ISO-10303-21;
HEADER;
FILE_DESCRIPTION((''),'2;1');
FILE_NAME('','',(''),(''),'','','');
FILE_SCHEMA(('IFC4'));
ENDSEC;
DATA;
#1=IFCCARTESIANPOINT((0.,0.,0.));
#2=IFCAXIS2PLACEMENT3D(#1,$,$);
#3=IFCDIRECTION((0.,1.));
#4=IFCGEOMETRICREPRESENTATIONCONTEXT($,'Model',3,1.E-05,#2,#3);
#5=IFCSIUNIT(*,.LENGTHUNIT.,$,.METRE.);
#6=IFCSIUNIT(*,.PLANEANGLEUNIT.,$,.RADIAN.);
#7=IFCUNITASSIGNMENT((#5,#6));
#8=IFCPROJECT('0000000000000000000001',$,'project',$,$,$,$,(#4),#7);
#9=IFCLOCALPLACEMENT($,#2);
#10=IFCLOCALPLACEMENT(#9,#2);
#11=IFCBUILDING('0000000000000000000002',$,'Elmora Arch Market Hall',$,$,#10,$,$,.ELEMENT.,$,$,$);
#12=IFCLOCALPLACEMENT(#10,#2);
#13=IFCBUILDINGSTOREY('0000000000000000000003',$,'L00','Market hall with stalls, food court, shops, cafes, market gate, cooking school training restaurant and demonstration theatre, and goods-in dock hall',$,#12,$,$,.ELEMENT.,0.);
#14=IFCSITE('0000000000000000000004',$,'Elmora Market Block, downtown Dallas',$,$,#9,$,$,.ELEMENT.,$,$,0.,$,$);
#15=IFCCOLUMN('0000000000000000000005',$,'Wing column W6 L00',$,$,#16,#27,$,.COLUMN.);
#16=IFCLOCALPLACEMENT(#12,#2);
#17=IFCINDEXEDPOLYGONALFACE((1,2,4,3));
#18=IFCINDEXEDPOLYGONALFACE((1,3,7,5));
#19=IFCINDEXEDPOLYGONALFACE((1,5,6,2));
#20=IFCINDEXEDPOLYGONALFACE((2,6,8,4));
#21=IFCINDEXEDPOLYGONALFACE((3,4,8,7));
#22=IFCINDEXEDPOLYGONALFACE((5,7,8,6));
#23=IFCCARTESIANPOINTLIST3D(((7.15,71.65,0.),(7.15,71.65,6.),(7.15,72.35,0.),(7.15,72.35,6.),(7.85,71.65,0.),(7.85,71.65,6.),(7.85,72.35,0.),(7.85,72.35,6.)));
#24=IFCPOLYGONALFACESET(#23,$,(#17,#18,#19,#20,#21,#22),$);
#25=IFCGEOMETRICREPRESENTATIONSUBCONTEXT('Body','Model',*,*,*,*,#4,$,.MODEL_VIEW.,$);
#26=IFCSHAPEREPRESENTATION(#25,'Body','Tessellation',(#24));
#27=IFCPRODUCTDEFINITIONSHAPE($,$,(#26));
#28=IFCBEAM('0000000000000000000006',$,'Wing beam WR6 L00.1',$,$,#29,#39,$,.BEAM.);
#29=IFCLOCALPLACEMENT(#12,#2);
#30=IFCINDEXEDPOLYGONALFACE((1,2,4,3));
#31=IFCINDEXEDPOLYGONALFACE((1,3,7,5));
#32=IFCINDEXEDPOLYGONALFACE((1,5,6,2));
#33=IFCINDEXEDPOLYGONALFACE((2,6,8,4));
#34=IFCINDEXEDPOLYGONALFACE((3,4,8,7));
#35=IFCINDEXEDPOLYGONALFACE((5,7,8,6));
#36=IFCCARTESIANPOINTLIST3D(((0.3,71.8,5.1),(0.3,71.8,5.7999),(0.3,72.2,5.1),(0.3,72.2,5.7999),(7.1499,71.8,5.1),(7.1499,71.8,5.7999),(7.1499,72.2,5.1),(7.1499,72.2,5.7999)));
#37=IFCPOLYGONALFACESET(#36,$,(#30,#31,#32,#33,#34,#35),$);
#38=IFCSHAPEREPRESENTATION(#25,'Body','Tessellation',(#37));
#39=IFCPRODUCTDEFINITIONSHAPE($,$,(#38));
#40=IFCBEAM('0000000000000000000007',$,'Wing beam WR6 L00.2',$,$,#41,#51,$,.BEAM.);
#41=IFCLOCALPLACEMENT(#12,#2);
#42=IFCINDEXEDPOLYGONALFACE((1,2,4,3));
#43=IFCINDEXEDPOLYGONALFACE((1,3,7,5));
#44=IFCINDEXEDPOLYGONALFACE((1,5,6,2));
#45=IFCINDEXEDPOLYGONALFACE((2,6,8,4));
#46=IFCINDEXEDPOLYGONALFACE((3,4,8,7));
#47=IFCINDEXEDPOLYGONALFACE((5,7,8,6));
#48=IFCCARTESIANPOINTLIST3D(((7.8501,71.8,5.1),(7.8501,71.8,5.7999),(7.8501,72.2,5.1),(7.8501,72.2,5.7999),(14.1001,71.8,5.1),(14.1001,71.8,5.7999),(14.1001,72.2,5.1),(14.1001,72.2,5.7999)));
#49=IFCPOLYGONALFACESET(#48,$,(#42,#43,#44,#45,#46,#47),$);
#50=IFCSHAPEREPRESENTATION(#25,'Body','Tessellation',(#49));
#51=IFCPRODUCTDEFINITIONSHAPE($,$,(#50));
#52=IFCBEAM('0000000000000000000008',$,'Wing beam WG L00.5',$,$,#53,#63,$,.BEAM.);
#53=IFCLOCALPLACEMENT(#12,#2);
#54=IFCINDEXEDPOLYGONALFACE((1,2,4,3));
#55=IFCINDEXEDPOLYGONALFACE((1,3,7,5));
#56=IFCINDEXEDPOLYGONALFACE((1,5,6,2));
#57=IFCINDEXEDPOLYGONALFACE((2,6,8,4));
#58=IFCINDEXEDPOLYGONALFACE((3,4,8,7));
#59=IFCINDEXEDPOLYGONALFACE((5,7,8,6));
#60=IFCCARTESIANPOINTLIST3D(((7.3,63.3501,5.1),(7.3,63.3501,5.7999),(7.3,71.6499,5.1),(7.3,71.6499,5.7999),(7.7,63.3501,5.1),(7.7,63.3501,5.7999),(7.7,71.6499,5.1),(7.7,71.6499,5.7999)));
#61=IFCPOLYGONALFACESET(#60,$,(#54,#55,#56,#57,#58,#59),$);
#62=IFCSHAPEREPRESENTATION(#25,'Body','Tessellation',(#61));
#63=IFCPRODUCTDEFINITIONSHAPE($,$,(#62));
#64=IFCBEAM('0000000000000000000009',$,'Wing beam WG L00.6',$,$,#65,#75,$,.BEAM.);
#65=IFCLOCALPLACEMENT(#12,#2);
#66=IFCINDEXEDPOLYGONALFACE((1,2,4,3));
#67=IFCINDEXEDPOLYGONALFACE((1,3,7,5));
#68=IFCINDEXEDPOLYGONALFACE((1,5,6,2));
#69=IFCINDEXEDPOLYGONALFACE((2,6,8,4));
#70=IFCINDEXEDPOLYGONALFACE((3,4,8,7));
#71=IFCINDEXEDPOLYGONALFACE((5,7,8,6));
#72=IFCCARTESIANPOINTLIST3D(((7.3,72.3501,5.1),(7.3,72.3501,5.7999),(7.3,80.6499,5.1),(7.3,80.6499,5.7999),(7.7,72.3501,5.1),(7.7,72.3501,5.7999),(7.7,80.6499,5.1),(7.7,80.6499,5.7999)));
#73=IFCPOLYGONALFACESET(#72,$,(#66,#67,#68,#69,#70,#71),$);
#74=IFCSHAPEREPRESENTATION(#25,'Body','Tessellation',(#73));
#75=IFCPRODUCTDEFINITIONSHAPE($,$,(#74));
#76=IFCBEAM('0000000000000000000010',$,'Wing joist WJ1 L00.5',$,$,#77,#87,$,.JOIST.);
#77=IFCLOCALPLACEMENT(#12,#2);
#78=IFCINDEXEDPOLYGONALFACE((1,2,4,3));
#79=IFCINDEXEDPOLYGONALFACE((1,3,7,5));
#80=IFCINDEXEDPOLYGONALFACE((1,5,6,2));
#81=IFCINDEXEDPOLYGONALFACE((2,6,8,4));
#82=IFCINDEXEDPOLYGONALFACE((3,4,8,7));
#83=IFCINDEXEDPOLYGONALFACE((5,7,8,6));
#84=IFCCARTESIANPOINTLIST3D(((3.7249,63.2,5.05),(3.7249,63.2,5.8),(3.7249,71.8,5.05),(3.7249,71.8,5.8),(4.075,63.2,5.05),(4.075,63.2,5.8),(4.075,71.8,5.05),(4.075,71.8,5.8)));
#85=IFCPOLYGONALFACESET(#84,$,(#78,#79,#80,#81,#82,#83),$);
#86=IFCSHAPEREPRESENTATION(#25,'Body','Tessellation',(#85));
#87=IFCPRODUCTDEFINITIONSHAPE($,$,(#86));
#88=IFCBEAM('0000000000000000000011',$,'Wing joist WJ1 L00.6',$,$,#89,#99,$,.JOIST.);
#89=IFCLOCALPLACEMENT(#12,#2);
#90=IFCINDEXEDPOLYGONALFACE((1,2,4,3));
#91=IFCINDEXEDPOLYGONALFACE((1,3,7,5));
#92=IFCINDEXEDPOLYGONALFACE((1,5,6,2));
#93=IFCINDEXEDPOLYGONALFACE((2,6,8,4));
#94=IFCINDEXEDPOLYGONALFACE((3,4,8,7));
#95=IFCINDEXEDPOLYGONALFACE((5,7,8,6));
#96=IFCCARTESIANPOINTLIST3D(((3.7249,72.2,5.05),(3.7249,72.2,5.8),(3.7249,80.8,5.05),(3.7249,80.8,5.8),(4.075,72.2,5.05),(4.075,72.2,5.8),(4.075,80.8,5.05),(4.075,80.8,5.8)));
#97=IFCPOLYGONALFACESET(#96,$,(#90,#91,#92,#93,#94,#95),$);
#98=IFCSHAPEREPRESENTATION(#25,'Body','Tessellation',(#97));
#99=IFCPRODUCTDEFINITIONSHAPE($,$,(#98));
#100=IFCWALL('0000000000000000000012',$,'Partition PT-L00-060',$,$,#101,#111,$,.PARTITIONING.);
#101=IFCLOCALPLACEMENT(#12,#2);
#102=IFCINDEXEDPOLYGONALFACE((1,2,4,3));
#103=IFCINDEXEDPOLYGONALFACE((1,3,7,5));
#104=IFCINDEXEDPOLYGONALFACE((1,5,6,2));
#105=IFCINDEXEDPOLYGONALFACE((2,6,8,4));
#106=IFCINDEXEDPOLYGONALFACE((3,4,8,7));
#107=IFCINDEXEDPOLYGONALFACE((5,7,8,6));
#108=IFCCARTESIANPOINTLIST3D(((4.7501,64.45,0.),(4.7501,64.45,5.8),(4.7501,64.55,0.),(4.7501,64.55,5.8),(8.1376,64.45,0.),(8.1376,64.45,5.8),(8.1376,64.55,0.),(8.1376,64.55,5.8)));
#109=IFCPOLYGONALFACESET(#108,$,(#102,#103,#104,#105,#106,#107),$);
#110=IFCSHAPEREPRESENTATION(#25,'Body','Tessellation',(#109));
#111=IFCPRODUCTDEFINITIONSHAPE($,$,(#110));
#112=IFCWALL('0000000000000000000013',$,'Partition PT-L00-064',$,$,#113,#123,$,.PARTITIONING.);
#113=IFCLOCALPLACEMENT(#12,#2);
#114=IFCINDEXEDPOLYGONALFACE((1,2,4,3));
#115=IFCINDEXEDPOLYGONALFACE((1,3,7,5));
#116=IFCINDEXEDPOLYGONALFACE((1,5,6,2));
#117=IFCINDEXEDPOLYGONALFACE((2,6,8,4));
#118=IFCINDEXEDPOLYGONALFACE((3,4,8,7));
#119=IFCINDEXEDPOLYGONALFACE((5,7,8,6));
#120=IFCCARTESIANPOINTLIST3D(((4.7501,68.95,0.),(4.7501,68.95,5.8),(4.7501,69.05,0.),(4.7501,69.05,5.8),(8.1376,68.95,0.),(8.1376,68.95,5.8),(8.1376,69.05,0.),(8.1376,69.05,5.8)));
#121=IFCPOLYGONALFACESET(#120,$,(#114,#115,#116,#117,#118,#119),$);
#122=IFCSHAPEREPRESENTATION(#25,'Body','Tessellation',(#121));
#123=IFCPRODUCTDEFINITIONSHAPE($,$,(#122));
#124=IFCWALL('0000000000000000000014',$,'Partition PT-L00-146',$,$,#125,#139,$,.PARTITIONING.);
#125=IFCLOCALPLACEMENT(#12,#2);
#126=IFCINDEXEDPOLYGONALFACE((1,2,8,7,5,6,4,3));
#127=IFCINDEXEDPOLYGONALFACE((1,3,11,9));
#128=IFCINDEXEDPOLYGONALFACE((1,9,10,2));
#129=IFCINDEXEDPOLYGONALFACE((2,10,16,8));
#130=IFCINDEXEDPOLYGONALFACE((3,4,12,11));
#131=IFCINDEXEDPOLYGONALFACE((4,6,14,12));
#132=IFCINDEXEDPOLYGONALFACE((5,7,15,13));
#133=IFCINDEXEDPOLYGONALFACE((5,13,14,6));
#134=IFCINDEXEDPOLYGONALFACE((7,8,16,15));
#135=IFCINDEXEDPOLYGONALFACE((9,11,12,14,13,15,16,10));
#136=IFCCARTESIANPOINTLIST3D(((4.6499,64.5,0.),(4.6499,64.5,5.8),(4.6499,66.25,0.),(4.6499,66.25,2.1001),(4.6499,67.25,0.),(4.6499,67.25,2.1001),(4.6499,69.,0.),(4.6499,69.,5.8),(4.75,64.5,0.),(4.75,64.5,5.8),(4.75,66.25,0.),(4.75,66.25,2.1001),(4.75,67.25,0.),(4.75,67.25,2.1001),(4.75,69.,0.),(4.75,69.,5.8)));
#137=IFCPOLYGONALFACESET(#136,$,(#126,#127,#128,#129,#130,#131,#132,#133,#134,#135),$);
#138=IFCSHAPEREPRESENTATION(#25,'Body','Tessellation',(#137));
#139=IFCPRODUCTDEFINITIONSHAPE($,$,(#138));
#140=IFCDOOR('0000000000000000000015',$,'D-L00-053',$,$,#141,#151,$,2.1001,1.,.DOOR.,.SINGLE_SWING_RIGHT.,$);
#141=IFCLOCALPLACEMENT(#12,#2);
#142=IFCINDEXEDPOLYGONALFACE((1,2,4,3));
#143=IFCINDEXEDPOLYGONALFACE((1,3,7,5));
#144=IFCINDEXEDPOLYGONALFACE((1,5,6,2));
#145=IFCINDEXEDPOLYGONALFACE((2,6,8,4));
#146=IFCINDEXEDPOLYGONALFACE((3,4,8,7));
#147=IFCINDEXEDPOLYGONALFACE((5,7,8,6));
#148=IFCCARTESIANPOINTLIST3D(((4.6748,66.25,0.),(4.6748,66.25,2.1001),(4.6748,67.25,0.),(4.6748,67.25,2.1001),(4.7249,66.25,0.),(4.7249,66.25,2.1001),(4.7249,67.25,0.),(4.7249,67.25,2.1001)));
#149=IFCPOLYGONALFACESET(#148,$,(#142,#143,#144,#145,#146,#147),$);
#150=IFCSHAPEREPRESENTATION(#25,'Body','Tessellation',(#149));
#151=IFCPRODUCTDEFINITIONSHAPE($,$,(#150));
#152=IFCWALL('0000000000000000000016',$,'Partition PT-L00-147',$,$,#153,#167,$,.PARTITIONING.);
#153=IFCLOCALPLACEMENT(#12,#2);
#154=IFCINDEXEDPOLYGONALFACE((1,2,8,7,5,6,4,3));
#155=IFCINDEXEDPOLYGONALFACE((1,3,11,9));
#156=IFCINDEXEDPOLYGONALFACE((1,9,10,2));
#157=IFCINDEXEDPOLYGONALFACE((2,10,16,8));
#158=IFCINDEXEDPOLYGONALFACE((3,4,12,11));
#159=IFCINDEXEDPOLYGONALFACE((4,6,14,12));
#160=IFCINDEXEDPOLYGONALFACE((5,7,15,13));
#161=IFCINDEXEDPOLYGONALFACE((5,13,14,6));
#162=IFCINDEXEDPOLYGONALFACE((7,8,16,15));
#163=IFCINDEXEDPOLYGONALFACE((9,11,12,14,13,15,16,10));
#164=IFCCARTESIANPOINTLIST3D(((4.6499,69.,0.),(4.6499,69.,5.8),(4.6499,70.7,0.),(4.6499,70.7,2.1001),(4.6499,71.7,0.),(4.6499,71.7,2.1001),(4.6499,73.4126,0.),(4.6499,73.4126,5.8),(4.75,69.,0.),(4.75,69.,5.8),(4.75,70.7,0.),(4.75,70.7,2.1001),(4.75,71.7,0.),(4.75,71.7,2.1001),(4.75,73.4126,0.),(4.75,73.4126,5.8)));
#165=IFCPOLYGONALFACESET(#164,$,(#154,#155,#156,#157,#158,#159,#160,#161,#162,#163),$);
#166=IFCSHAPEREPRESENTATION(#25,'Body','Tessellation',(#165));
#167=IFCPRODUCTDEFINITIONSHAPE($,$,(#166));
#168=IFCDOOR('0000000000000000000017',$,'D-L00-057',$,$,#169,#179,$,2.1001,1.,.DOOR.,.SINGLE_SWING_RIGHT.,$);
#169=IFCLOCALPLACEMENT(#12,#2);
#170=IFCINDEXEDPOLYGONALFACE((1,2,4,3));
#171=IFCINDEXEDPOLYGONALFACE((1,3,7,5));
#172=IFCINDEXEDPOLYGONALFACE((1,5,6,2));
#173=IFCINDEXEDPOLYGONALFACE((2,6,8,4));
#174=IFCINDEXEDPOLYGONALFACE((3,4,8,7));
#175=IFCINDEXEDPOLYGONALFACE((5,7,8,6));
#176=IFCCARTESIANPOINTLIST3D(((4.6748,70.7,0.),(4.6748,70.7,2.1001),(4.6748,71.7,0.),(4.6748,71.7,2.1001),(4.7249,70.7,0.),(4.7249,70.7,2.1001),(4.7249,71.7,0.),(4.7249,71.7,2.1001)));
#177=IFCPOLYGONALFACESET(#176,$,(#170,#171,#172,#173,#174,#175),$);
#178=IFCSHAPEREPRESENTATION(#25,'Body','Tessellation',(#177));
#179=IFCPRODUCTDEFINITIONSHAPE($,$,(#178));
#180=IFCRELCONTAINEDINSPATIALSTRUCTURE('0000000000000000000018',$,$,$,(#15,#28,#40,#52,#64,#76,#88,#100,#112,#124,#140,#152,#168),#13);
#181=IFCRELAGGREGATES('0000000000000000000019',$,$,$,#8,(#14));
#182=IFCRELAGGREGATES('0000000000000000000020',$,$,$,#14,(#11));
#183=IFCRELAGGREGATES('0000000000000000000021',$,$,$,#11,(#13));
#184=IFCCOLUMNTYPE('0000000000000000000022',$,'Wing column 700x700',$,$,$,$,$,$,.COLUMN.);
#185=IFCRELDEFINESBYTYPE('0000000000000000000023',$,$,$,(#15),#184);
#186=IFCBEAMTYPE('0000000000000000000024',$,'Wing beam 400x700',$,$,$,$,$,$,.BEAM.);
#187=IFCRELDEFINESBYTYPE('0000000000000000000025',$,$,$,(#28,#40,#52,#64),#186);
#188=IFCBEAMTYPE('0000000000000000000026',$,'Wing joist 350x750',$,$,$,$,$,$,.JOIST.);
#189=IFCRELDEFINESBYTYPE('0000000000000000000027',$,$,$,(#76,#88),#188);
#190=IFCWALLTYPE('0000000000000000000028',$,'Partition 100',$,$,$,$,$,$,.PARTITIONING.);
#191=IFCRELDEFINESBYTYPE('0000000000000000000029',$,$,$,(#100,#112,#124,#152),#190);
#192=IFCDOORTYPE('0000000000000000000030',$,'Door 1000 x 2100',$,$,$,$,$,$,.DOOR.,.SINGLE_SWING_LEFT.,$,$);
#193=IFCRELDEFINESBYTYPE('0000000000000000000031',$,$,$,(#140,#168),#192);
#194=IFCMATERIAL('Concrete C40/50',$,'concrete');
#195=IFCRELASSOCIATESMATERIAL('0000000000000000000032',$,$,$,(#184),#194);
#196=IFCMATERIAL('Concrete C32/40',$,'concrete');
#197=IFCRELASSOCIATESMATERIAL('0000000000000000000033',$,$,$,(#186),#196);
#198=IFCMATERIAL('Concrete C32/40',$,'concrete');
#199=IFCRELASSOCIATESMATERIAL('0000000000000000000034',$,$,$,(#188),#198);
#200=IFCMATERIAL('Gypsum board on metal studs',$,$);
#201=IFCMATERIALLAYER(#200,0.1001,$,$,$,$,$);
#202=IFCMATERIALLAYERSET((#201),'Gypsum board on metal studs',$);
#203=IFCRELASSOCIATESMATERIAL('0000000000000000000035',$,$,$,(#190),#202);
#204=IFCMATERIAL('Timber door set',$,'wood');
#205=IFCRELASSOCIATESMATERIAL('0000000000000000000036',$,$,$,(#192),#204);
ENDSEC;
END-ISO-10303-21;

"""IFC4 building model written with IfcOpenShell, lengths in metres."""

from ifc_helpers import new_model, si_unit, direction, frame, frame_2d, origin, origin_2d, place, context, subcontext, project, spatial, rectangle, extrude, material, layer, layer_set, material_profile, profile_set, type_object, element, fill, save


model = new_model("IFC4")

# Units and contexts
model_context = context("Model", 3, precision=1e-05, world=origin(), true_north=direction((0.0, 1.0)))
body_context = subcontext(model_context, "Body", "Model", "MODEL_VIEW")
ifc_project = project(units=[si_unit("LENGTHUNIT", "METRE"), si_unit("PLANEANGLEUNIT", "RADIAN")], contexts=[model_context])

# Site, building, storey
site_placement = place(None, origin())
site = spatial("IfcSite", under=ifc_project, at=site_placement, Name="Elmora Market Block, downtown Dallas", CompositionType="ELEMENT", RefElevation=0.0)
building_placement = place(site_placement, origin())
building = spatial("IfcBuilding", under=site, at=building_placement, Name="Elmora Arch Market Hall", CompositionType="ELEMENT")
storey_placement = place(building_placement, origin())
storey = spatial("IfcBuildingStorey", under=building, at=storey_placement, Name="L00", Description="Market hall with stalls, food court, shops, cafes, market gate, cooking school training restaurant and demonstration theatre, and goods-in dock hall", CompositionType="ELEMENT", Elevation=0.0)

# Column
ifc_material_1 = material(Name="Concrete C40/50", Category="concrete")
ifc_material_profile_1 = material_profile(ifc_material_1, rectangle(XDim=0.7, YDim=0.7, at=origin_2d()), Name="Wing column 700x700")
ifc_profile_set_1 = profile_set([ifc_material_profile_1], Name="Concrete C40/50")
column_type = type_object("IfcColumnType", Name="Wing column 700x700", PredefinedType="COLUMN", material=ifc_profile_set_1)
column_placement = place(storey_placement, frame((7.5, 72.0, 0.0), z_axis=(0.0, 0.0, 1.0), x_axis=(1.0, 0.0, 0.0)))
element("IfcColumn", 1, at=column_placement, inside=storey, type_object=column_type, Name="Wing column W6 L00", PredefinedType="COLUMN", context=body_context, shape_type="SweptSolid", body=[
    extrude(rectangle(XDim=0.7, YDim=0.7, at=origin_2d()), origin(), (0.0, 0.0, 1.0), 6.0),
])

# Beams
ifc_material_2 = material(Name="Concrete C32/40", Category="concrete")
ifc_material_profile_2 = material_profile(ifc_material_2, rectangle(XDim=0.3999, YDim=0.7, at=origin_2d()), Name="Wing beam 400x700")
ifc_profile_set_2 = profile_set([ifc_material_profile_2], Name="Concrete C32/40")
beam_type_1 = type_object("IfcBeamType", Name="Wing beam 400x700", PredefinedType="BEAM", material=ifc_profile_set_2)
beam_1_placement = place(storey_placement, frame((0.3, 72.0, 5.45), z_axis=(1.0, 0.0, 0.0), x_axis=(0.0, 1.0, 0.0)))
element("IfcBeam", 2, at=beam_1_placement, inside=storey, type_object=beam_type_1, Name="Wing beam WR6 L00.1", PredefinedType="BEAM", context=body_context, shape_type="SweptSolid", body=[
    extrude(rectangle(XDim=0.3999, YDim=0.7, at=origin_2d()), origin(), (0.0, 0.0, 1.0), 6.8499),
])
beam_2_placement = place(storey_placement, frame((7.8501, 72.0, 5.45), z_axis=(1.0, 0.0, 0.0), x_axis=(0.0, 1.0, 0.0)))
element("IfcBeam", 3, at=beam_2_placement, inside=storey, type_object=beam_type_1, Name="Wing beam WR6 L00.2", PredefinedType="BEAM", context=body_context, shape_type="SweptSolid", body=[
    extrude(rectangle(XDim=0.3999, YDim=0.7, at=origin_2d()), origin(), (0.0, 0.0, 1.0), 6.25),
])
for number, where, z_axis, x_axis, name in (
    (4, (7.5, 63.3501, 5.45), (0.0, 1.0, 0.0), (-1.0, 0.0, 0.0), "Wing beam WG L00.5"),
    (5, (7.5, 72.3501, 5.45), (0.0, 1.0, 0.0), (-1.0, 0.0, 0.0), "Wing beam WG L00.6"),
):
    element("IfcBeam", number, at=place(storey_placement, frame(where, z_axis=z_axis, x_axis=x_axis)), inside=storey, type_object=beam_type_1, Name=name, PredefinedType="BEAM", context=body_context, shape_type="SweptSolid", body=[
        extrude(rectangle(XDim=0.3999, YDim=0.7, at=origin_2d()), origin(), (0.0, 0.0, 1.0), 8.2998),
    ])
ifc_material_3 = material(Name="Concrete C32/40", Category="concrete")
ifc_material_profile_3 = material_profile(ifc_material_3, rectangle(XDim=0.3501, YDim=0.75, at=origin_2d()), Name="Wing joist 350x750")
ifc_profile_set_3 = profile_set([ifc_material_profile_3], Name="Concrete C32/40")
beam_type_2 = type_object("IfcBeamType", Name="Wing joist 350x750", PredefinedType="JOIST", material=ifc_profile_set_3)
for number, where, z_axis, x_axis, name in (
    (6, (3.8999, 63.2, 5.425), (0.0, 1.0, 0.0), (-1.0, 0.0, 0.0), "Wing joist WJ1 L00.5"),
    (7, (3.8999, 72.2, 5.425), (0.0, 1.0, 0.0), (-1.0, 0.0, 0.0), "Wing joist WJ1 L00.6"),
):
    element("IfcBeam", number, at=place(storey_placement, frame(where, z_axis=z_axis, x_axis=x_axis)), inside=storey, type_object=beam_type_2, Name=name, PredefinedType="JOIST", context=body_context, shape_type="SweptSolid", body=[
        extrude(rectangle(XDim=0.3501, YDim=0.75, at=origin_2d()), origin(), (0.0, 0.0, 1.0), 8.6001),
    ])

# Walls
ifc_material_4 = material(Name="Gypsum board on metal studs")
ifc_layer_1 = layer(ifc_material_4, 0.1001)
ifc_layer_set_1 = layer_set([ifc_layer_1], Name="Gypsum board on metal studs")
wall_type_1 = type_object("IfcWallType", Name="Partition 100", PredefinedType="PARTITIONING", material=ifc_layer_set_1)
for number, where, z_axis, x_axis, name in (
    (8, (4.75, 64.5, 0.0), (0.0, 0.0, 1.0), (1.0, 0.0, 0.0), "Partition PT-L00-060"),
    (9, (4.75, 69.0, 0.0), (0.0, 0.0, 1.0), (1.0, 0.0, 0.0), "Partition PT-L00-064"),
):
    element("IfcWall", number, at=place(storey_placement, frame(where, z_axis=z_axis, x_axis=x_axis)), inside=storey, type_object=wall_type_1, Name=name, PredefinedType="PARTITIONING", context=body_context, shape_type="SweptSolid", body=[
        extrude(rectangle(XDim=3.3875, YDim=0.1001, at=frame_2d((1.6938, 0.0))), origin(), (0.0, 0.0, 1.0), 5.8),
    ])

# Walls, openings, doors
wall_1_placement = place(storey_placement, frame((4.7, 64.5, 0.0), z_axis=(0.0, 0.0, 1.0), x_axis=(0.0, 1.0, 0.0)))
wall_1 = element("IfcWall", 10, at=wall_1_placement, inside=storey, type_object=wall_type_1, Name="Partition PT-L00-146", PredefinedType="PARTITIONING", context=body_context, shape_type="SweptSolid", body=[
    extrude(rectangle(XDim=4.5, YDim=0.1001, at=frame_2d((2.25, 0.0))), origin(), (0.0, 0.0, 1.0), 5.8),
])
opening_1_placement = place(wall_1_placement, frame((1.75, 0.0, 0.0)))
opening_1 = element("IfcOpeningElement", 11, at=opening_1_placement, cuts=wall_1, PredefinedType="OPENING", context=body_context, shape_type="SweptSolid", body=[
    extrude(rectangle(XDim=1.0, YDim=2.1001, at=frame_2d((0.5, 1.05))), frame((0.0, 0.0601, 0.0), z_axis=(0.0, -1.0, 0.0), x_axis=(1.0, 0.0, 0.0)), (0.0, 0.0, 1.0), 0.1201),
])
ifc_material_5 = material(Name="Timber door set", Category="wood")
door_type_1 = type_object("IfcDoorType", Name="Door 1000 x 2100", OperationType="SINGLE_SWING_LEFT", PredefinedType="DOOR", material=ifc_material_5)
door_1_placement = place(opening_1_placement, frame((1.0, 0.0, 0.0), z_axis=(0.0, 0.0, 1.0), x_axis=(-1.0, 0.0, 0.0)))
door_1 = element("IfcDoor", 12, at=door_1_placement, inside=storey, type_object=door_type_1, Name="D-L00-053", OperationType="SINGLE_SWING_RIGHT", OverallHeight=2.1001, OverallWidth=1.0, PredefinedType="DOOR", context=body_context, shape_type="SweptSolid", body=[
    extrude(rectangle(XDim=1.0, YDim=2.1001, at=frame_2d((0.5, 1.05))), frame((0.0, 0.0249, 0.0), z_axis=(0.0, -1.0, 0.0), x_axis=(1.0, 0.0, 0.0)), (0.0, 0.0, 1.0), 0.05),
])
fill(opening_1, door_1)
wall_2_placement = place(storey_placement, frame((4.7, 69.0, 0.0), z_axis=(0.0, 0.0, 1.0), x_axis=(0.0, 1.0, 0.0)))
wall_2 = element("IfcWall", 13, at=wall_2_placement, inside=storey, type_object=wall_type_1, Name="Partition PT-L00-147", PredefinedType="PARTITIONING", context=body_context, shape_type="SweptSolid", body=[
    extrude(rectangle(XDim=4.4126, YDim=0.1001, at=frame_2d((2.2063, 0.0))), origin(), (0.0, 0.0, 1.0), 5.8),
])
opening_2_placement = place(wall_2_placement, frame((1.7, 0.0, 0.0)))
opening_2 = element("IfcOpeningElement", 14, at=opening_2_placement, cuts=wall_2, PredefinedType="OPENING", context=body_context, shape_type="SweptSolid", body=[
    extrude(rectangle(XDim=1.0, YDim=2.1001, at=frame_2d((0.5, 1.05))), frame((0.0, 0.0601, 0.0), z_axis=(0.0, -1.0, 0.0), x_axis=(1.0, 0.0, 0.0)), (0.0, 0.0, 1.0), 0.1201),
])
door_2_placement = place(opening_2_placement, frame((1.0, 0.0, 0.0), z_axis=(0.0, 0.0, 1.0), x_axis=(-1.0, 0.0, 0.0)))
door_2 = element("IfcDoor", 15, at=door_2_placement, inside=storey, type_object=door_type_1, Name="D-L00-057", OperationType="SINGLE_SWING_RIGHT", OverallHeight=2.1001, OverallWidth=1.0, PredefinedType="DOOR", context=body_context, shape_type="SweptSolid", body=[
    extrude(rectangle(XDim=1.0, YDim=2.1001, at=frame_2d((0.5, 1.05))), frame((0.0, 0.0249, 0.0), z_axis=(0.0, -1.0, 0.0), x_axis=(1.0, 0.0, 0.0)), (0.0, 0.0, 1.0), 0.05),
])
fill(opening_2, door_2)

save(model, "model.ifc")
